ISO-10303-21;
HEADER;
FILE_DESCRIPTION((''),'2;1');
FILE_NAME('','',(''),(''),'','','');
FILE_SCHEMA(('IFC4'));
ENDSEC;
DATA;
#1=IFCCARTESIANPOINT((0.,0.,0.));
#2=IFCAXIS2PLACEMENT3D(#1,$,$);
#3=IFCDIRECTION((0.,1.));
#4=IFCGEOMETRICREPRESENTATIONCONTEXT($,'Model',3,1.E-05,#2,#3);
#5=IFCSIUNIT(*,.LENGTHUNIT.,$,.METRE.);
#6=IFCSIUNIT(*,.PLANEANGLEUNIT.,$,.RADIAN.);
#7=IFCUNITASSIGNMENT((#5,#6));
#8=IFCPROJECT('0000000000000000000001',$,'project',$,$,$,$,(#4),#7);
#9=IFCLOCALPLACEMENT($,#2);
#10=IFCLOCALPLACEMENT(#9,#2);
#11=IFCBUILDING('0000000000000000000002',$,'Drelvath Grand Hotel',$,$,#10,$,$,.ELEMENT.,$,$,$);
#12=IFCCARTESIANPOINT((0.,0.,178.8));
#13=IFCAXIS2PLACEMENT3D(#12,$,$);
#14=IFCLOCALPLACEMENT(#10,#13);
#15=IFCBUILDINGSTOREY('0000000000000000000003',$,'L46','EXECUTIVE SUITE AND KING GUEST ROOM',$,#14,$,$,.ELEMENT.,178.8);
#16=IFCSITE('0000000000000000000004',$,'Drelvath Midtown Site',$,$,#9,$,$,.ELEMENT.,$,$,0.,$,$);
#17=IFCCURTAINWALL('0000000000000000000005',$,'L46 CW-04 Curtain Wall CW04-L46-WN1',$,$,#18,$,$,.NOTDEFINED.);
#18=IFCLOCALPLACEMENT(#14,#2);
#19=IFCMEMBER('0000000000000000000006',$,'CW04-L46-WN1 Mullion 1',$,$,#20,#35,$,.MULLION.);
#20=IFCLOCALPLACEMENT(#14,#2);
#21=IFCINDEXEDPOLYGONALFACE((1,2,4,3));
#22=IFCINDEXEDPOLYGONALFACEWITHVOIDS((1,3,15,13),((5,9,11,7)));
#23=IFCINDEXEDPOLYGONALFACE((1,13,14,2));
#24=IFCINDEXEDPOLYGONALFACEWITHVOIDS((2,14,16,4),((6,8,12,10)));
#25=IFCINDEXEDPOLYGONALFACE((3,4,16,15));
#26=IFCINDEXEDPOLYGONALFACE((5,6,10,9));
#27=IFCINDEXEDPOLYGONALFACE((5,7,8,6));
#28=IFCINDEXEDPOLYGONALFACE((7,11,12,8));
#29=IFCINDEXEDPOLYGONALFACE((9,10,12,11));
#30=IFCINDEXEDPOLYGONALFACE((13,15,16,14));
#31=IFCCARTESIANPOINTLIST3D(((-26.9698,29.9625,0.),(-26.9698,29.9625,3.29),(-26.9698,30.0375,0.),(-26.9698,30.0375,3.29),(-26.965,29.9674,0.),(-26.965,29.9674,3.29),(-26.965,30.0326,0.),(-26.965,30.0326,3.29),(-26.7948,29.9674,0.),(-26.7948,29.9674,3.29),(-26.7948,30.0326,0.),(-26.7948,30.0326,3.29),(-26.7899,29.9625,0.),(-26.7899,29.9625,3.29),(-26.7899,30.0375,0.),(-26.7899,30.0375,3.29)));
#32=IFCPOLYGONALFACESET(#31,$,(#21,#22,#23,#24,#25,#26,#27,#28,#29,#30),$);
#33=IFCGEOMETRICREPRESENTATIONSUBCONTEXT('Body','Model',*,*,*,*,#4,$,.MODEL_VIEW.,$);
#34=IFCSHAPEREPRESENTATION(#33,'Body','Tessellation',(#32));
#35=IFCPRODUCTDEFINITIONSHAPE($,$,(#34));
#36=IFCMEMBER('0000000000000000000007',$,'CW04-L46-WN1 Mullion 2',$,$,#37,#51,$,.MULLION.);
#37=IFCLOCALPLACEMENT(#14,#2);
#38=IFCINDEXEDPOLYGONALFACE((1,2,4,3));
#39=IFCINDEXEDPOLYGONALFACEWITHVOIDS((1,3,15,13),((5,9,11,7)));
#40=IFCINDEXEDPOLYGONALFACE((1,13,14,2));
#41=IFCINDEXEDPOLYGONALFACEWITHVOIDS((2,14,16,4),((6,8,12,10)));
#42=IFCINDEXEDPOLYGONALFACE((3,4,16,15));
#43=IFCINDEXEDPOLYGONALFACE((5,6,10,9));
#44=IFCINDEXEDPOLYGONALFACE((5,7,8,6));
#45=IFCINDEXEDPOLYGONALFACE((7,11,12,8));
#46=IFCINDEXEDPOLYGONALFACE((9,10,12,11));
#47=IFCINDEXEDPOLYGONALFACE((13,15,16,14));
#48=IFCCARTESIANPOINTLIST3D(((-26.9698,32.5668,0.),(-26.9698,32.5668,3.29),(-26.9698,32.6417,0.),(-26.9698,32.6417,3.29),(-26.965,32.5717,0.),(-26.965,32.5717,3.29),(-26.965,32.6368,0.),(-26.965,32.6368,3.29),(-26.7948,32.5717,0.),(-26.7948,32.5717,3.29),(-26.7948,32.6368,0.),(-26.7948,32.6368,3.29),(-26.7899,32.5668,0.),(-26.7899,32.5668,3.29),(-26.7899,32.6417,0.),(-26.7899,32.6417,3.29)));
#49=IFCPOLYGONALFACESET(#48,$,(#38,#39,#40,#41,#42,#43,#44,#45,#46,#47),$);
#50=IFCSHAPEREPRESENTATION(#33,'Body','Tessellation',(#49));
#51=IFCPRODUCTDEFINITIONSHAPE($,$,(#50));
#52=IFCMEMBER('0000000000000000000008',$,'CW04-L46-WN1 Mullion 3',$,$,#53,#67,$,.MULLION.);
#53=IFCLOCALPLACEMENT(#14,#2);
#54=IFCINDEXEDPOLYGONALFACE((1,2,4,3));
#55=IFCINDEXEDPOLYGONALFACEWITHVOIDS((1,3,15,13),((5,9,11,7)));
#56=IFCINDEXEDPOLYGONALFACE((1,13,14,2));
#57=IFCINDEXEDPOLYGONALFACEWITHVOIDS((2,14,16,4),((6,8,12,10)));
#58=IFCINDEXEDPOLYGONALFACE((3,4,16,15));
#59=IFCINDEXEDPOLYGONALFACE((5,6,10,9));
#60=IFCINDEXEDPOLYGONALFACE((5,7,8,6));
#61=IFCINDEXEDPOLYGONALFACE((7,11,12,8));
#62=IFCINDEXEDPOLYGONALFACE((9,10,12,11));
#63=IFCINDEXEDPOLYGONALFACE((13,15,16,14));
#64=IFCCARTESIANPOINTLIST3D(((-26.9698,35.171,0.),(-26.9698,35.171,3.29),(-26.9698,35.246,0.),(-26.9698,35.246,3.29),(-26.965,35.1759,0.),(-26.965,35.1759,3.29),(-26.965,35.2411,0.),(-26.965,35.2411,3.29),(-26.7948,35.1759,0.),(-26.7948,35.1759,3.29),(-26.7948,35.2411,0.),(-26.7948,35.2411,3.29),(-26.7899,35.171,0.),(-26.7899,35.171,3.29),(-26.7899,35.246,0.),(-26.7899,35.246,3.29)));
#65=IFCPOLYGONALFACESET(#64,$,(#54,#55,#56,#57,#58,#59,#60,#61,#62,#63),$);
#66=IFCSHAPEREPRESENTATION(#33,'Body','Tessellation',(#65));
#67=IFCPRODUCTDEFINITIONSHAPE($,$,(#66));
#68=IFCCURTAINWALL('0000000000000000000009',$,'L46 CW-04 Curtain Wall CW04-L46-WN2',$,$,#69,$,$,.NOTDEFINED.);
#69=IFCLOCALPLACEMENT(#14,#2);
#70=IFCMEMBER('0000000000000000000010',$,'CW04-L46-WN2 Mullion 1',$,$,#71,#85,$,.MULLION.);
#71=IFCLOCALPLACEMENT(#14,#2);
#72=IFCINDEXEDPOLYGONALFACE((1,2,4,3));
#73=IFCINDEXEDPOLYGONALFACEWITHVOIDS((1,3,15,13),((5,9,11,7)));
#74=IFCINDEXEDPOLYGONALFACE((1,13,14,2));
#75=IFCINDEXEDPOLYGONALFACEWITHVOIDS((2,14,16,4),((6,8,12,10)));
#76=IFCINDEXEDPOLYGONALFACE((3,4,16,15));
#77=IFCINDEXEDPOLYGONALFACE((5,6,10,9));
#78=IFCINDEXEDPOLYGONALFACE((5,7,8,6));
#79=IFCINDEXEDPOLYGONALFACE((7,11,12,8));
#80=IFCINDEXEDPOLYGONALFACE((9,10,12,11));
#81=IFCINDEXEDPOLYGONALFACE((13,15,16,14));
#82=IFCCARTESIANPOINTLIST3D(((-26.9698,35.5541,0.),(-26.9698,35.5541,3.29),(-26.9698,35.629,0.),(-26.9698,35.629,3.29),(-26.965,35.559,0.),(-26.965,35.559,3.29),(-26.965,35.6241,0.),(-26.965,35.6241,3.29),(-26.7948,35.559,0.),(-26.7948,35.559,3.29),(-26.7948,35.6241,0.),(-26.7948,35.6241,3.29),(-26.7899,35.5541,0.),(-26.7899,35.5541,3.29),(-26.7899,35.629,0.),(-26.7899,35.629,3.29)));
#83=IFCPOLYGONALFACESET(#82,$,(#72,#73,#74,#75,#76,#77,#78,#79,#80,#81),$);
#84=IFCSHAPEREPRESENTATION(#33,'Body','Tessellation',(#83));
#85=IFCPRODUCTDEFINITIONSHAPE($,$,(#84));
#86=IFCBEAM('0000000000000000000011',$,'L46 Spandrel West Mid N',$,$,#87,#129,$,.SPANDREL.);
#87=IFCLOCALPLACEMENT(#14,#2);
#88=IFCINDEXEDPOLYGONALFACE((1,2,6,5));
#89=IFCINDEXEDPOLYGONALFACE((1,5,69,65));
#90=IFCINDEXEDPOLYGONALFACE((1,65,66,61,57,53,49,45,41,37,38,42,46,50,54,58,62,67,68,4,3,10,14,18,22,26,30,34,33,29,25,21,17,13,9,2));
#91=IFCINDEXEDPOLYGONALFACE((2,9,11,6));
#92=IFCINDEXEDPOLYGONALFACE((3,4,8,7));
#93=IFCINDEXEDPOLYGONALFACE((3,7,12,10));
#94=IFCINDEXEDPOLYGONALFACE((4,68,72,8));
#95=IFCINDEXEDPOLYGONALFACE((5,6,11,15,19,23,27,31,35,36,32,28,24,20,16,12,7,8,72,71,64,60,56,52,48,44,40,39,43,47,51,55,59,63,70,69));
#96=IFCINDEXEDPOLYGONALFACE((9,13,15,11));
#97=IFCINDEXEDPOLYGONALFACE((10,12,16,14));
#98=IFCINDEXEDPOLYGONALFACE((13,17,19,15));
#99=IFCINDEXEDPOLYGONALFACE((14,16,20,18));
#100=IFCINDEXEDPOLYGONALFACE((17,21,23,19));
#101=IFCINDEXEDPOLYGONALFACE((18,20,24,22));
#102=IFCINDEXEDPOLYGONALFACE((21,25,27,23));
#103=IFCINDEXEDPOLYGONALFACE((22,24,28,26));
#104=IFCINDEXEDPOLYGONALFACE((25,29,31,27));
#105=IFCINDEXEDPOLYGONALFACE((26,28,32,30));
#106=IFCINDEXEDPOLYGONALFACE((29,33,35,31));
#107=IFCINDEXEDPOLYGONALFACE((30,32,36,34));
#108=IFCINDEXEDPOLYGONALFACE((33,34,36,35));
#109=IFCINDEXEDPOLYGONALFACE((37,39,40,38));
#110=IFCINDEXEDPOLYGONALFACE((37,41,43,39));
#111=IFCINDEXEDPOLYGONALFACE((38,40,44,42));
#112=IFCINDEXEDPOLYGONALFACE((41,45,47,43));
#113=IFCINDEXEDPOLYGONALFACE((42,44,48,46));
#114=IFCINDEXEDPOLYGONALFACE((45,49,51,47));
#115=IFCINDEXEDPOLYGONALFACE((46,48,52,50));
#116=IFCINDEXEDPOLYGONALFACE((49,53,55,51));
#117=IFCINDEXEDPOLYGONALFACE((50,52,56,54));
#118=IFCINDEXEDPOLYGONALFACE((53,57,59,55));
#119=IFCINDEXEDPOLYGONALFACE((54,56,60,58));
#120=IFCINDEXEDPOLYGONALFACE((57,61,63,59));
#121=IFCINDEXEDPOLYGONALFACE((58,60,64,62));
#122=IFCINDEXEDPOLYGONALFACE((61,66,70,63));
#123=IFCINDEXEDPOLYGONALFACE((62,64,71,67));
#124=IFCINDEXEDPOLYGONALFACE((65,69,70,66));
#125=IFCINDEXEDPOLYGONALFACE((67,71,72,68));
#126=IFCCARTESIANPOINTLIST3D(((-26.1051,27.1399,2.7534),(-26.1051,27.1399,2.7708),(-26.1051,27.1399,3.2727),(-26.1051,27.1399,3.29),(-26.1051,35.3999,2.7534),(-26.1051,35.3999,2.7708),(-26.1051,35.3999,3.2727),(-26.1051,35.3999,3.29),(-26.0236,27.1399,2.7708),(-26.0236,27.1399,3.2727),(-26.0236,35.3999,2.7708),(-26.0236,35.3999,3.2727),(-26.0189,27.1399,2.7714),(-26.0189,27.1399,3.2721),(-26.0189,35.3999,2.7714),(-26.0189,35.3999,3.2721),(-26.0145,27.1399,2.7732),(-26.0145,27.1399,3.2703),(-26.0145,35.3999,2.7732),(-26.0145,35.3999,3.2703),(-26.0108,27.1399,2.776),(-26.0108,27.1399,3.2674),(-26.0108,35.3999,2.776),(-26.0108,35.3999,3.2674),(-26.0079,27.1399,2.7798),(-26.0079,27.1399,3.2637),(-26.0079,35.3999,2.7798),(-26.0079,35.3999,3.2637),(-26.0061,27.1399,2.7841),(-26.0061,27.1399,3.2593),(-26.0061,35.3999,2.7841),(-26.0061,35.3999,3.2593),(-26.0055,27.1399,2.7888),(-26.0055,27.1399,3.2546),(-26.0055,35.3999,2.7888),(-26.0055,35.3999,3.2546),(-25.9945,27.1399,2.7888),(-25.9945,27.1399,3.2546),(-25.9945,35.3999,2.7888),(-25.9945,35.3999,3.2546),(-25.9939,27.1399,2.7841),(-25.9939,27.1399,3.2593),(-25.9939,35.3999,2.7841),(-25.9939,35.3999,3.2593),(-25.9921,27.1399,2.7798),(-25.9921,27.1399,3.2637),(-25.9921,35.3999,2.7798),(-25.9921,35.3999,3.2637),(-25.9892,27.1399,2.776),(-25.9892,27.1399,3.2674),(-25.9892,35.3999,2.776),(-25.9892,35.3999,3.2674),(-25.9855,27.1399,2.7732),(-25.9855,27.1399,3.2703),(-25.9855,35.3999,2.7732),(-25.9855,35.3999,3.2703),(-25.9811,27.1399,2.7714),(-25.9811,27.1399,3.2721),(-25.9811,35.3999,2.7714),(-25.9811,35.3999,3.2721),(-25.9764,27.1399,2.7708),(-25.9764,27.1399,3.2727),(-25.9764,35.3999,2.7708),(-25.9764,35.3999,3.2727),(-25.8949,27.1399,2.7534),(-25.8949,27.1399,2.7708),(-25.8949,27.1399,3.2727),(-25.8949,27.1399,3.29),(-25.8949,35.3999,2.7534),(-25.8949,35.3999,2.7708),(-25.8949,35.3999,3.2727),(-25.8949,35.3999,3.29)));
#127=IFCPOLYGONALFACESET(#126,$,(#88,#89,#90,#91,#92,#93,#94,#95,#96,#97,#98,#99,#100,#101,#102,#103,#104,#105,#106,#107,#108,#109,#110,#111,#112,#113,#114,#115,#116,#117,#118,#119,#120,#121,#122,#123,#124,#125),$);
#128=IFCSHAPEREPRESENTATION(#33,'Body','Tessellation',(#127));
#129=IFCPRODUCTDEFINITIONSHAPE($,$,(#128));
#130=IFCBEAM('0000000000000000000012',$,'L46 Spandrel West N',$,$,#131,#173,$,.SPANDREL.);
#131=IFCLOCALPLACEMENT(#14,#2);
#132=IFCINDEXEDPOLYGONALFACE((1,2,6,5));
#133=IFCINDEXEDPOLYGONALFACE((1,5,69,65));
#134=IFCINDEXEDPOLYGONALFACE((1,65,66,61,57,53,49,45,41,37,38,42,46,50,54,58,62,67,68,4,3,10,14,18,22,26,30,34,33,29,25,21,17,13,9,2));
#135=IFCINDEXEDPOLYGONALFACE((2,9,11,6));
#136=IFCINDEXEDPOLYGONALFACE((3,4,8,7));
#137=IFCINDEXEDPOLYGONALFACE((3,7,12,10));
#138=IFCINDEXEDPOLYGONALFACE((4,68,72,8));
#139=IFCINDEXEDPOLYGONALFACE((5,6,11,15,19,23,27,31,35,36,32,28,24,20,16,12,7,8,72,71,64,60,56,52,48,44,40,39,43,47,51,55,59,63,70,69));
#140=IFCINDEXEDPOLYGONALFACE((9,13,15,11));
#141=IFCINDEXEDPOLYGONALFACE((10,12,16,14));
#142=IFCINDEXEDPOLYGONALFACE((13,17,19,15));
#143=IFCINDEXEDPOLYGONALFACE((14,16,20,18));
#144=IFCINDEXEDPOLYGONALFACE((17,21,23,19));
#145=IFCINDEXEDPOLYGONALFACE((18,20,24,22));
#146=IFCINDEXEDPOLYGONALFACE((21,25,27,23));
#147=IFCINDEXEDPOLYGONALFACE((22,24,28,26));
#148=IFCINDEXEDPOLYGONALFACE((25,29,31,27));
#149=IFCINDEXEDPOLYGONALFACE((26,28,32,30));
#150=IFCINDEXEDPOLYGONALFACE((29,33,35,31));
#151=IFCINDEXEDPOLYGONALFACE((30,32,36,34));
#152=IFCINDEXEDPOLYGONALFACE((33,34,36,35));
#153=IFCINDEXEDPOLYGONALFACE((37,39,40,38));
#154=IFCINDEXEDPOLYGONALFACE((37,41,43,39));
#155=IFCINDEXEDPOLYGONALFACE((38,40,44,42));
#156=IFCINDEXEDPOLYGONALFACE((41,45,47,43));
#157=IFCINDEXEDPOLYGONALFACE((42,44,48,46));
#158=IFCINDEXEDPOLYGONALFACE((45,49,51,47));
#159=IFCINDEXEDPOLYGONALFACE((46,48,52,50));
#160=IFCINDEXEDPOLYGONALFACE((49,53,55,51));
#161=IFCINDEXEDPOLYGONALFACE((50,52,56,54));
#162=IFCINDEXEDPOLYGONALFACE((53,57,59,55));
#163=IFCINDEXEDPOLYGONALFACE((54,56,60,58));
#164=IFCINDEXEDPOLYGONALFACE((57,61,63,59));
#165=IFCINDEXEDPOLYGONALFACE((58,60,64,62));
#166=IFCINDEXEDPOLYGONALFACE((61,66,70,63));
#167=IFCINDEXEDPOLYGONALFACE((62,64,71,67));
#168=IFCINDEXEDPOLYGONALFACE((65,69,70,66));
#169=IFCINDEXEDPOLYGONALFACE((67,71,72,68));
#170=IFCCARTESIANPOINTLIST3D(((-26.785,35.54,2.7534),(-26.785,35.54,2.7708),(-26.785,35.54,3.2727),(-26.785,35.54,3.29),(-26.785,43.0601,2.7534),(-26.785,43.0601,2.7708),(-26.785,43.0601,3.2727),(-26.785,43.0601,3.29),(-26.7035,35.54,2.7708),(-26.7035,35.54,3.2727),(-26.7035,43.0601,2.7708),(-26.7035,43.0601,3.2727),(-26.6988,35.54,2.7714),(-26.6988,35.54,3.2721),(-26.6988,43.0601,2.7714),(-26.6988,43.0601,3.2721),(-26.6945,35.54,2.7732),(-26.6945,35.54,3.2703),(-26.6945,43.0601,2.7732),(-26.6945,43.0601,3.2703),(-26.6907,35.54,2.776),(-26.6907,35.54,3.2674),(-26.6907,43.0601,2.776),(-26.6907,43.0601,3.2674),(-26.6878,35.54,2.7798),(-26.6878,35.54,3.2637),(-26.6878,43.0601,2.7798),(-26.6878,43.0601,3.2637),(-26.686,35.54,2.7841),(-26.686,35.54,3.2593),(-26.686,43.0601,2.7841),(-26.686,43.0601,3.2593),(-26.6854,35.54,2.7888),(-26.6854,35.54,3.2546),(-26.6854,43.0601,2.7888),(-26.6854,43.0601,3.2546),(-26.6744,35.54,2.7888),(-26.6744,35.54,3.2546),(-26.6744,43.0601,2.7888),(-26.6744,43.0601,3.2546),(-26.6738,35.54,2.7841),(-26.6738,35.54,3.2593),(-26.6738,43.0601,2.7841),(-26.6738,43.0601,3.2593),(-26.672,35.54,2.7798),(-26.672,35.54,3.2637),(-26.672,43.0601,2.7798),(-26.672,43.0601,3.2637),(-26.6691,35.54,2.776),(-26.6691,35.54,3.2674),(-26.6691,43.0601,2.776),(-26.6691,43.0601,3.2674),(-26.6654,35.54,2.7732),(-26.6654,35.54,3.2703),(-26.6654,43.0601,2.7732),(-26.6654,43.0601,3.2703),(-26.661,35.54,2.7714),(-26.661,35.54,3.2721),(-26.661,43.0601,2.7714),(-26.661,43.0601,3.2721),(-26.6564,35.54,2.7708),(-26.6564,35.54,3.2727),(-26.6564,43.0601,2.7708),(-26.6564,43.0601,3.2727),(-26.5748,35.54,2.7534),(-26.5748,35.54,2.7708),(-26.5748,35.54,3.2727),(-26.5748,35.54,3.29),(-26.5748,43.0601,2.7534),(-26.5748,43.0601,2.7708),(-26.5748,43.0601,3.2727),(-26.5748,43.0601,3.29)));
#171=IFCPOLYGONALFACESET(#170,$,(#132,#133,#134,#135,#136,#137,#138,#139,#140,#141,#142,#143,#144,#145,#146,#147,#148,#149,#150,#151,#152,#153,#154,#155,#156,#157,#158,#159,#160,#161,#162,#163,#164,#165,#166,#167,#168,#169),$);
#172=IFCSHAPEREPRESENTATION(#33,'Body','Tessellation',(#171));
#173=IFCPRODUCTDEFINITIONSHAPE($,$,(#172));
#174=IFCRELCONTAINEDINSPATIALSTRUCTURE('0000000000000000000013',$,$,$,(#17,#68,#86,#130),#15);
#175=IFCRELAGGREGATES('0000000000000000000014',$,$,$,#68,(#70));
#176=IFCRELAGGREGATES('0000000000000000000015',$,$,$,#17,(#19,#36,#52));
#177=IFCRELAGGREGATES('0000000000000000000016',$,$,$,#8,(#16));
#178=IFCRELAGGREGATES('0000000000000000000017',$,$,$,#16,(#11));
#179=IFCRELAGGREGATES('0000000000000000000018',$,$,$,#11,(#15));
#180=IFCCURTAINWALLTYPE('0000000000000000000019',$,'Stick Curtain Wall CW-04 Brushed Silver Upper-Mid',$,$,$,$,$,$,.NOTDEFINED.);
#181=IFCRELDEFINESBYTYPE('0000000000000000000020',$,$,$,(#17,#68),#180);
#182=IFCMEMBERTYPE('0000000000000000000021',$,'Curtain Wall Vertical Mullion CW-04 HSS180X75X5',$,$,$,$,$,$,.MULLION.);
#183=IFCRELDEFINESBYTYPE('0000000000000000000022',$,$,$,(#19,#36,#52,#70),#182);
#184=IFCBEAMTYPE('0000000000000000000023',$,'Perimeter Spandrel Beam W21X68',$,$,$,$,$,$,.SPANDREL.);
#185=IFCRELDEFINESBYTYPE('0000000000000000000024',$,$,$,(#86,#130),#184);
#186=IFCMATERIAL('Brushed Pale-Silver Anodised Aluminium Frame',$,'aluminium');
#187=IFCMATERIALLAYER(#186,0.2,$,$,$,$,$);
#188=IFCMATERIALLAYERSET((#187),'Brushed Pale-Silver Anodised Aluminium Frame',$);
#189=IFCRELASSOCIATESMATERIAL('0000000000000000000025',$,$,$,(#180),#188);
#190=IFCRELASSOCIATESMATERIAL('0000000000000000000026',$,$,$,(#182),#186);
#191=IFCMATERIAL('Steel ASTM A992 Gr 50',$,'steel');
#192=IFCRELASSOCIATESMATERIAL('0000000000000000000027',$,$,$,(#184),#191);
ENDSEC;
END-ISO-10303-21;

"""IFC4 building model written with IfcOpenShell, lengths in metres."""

from ifc_helpers import new_model, si_unit, direction, frame, origin, origin_2d, place, context, subcontext, project, spatial, hollow_rectangle, i_section, extrude, material, layer, layer_set, material_profile, profile_set, type_object, element, aggregate, save


model = new_model("IFC4")

# Units and contexts
model_context = context("Model", 3, precision=1e-05, world=origin(), true_north=direction((0.0, 1.0)))
body_context = subcontext(model_context, "Body", "Model", "MODEL_VIEW")
ifc_project = project(units=[si_unit("LENGTHUNIT", "METRE"), si_unit("PLANEANGLEUNIT", "RADIAN")], contexts=[model_context])

# Site, building, storey
site_placement = place(None, origin())
site = spatial("IfcSite", under=ifc_project, at=site_placement, Name="Drelvath Midtown Site", CompositionType="ELEMENT", RefElevation=0.0)
building_placement = place(site_placement, origin())
building = spatial("IfcBuilding", under=site, at=building_placement, Name="Drelvath Grand Hotel", CompositionType="ELEMENT")
storey_placement = place(building_placement, frame((0.0, 0.0, 178.8)))
storey = spatial("IfcBuildingStorey", under=building, at=storey_placement, Name="L46", Description="EXECUTIVE SUITE AND KING GUEST ROOM", CompositionType="ELEMENT", Elevation=178.8)

# Curtain wall
ifc_material_1 = material(Name="Brushed Pale-Silver Anodised Aluminium Frame", Category="aluminium")
ifc_layer_1 = layer(ifc_material_1, 0.2)
ifc_layer_set_1 = layer_set([ifc_layer_1], Name="Brushed Pale-Silver Anodised Aluminium Frame")
curtain_wall_type = type_object("IfcCurtainWallType", Name="Stick Curtain Wall CW-04 Brushed Silver Upper-Mid", PredefinedType="NOTDEFINED", material=ifc_layer_set_1)
curtain_wall_1_placement = place(storey_placement, origin())
curtain_wall_1 = element("IfcCurtainWall", 1, at=curtain_wall_1_placement, inside=storey, type_object=curtain_wall_type, Name="L46 CW-04 Curtain Wall CW04-L46-WN1", PredefinedType="NOTDEFINED")
ifc_material_profile_1 = material_profile(ifc_material_1, hollow_rectangle(XDim=0.075, YDim=0.1799, WallThickness=0.0049, at=origin_2d()), Name="HSS180X75X5")
ifc_profile_set_1 = profile_set([ifc_material_profile_1], Name="Brushed Pale-Silver Anodised Aluminium Frame")
member_type_1 = type_object("IfcMemberType", Name="Curtain Wall Vertical Mullion CW-04 HSS180X75X5", PredefinedType="MULLION", material=ifc_profile_set_1)

# Members
member_1_placement = place(storey_placement, frame((-26.8799, 30.0, 0.0), z_axis=(0.0, 0.0, 1.0), x_axis=(0.0, 1.0, 0.0)))
member_1 = element("IfcMember", 2, at=member_1_placement, type_object=member_type_1, Name="CW04-L46-WN1 Mullion 1", PredefinedType="MULLION", context=body_context, shape_type="SweptSolid", body=[
    extrude(hollow_rectangle(XDim=0.075, YDim=0.1799, WallThickness=0.0049, at=origin_2d()), origin(), (0.0, 0.0, 1.0), 3.29),
])
member_2_placement = place(storey_placement, frame((-26.8799, 32.6042, 0.0), z_axis=(0.0, 0.0, 1.0), x_axis=(0.0, 1.0, 0.0)))
member_2 = element("IfcMember", 3, at=member_2_placement, type_object=member_type_1, Name="CW04-L46-WN1 Mullion 2", PredefinedType="MULLION", context=body_context, shape_type="SweptSolid", body=[
    extrude(hollow_rectangle(XDim=0.075, YDim=0.1799, WallThickness=0.0049, at=origin_2d()), origin(), (0.0, 0.0, 1.0), 3.29),
])
member_3_placement = place(storey_placement, frame((-26.8799, 35.2085, 0.0), z_axis=(0.0, 0.0, 1.0), x_axis=(0.0, 1.0, 0.0)))
member_3 = element("IfcMember", 4, at=member_3_placement, type_object=member_type_1, Name="CW04-L46-WN1 Mullion 3", PredefinedType="MULLION", context=body_context, shape_type="SweptSolid", body=[
    extrude(hollow_rectangle(XDim=0.075, YDim=0.1799, WallThickness=0.0049, at=origin_2d()), origin(), (0.0, 0.0, 1.0), 3.29),
])

# Curtain wall, member
curtain_wall_2_placement = place(storey_placement, origin())
curtain_wall_2 = element("IfcCurtainWall", 5, at=curtain_wall_2_placement, inside=storey, type_object=curtain_wall_type, Name="L46 CW-04 Curtain Wall CW04-L46-WN2", PredefinedType="NOTDEFINED")
member_4_placement = place(storey_placement, frame((-26.8799, 35.5916, 0.0), z_axis=(0.0, 0.0, 1.0), x_axis=(0.0, 1.0, 0.0)))
member_4 = element("IfcMember", 6, at=member_4_placement, type_object=member_type_1, Name="CW04-L46-WN2 Mullion 1", PredefinedType="MULLION", context=body_context, shape_type="SweptSolid", body=[
    extrude(hollow_rectangle(XDim=0.075, YDim=0.1799, WallThickness=0.0049, at=origin_2d()), origin(), (0.0, 0.0, 1.0), 3.29),
])
aggregate(curtain_wall_2, [member_4])

# Beams
ifc_material_2 = material(Name="Steel ASTM A992 Gr 50", Category="steel")
ifc_material_profile_2 = material_profile(ifc_material_2, i_section(OverallWidth=0.2102, OverallDepth=0.5366, WebThickness=0.011, FlangeThickness=0.0173, FilletRadius=0.0181, at=origin_2d()), Name="W21X68")
ifc_profile_set_2 = profile_set([ifc_material_profile_2], Name="Steel ASTM A992 Gr 50")
beam_type_1 = type_object("IfcBeamType", Name="Perimeter Spandrel Beam W21X68", PredefinedType="SPANDREL", material=ifc_profile_set_2)
beam_1_placement = place(storey_placement, frame((-26.0, 27.1399, 3.0217), z_axis=(0.0, 1.0, 0.0), x_axis=(-1.0, 0.0, 0.0)))
element("IfcBeam", 7, at=beam_1_placement, inside=storey, type_object=beam_type_1, Name="L46 Spandrel West Mid N", PredefinedType="SPANDREL", context=body_context, shape_type="SweptSolid", body=[
    extrude(i_section(OverallWidth=0.2102, OverallDepth=0.5366, WebThickness=0.011, FlangeThickness=0.0173, FilletRadius=0.0181, at=origin_2d()), origin(), (0.0, 0.0, 1.0), 8.26),
])
beam_2_placement = place(storey_placement, frame((-26.6799, 35.54, 3.0217), z_axis=(0.0, 1.0, 0.0), x_axis=(-1.0, 0.0, 0.0)))
element("IfcBeam", 8, at=beam_2_placement, inside=storey, type_object=beam_type_1, Name="L46 Spandrel West N", PredefinedType="SPANDREL", context=body_context, shape_type="SweptSolid", body=[
    extrude(i_section(OverallWidth=0.2102, OverallDepth=0.5366, WebThickness=0.011, FlangeThickness=0.0173, FilletRadius=0.0181, at=origin_2d()), origin(), (0.0, 0.0, 1.0), 7.52),
])

aggregate(curtain_wall_1, [member_1, member_2, member_3])

save(model, "model.ifc")
